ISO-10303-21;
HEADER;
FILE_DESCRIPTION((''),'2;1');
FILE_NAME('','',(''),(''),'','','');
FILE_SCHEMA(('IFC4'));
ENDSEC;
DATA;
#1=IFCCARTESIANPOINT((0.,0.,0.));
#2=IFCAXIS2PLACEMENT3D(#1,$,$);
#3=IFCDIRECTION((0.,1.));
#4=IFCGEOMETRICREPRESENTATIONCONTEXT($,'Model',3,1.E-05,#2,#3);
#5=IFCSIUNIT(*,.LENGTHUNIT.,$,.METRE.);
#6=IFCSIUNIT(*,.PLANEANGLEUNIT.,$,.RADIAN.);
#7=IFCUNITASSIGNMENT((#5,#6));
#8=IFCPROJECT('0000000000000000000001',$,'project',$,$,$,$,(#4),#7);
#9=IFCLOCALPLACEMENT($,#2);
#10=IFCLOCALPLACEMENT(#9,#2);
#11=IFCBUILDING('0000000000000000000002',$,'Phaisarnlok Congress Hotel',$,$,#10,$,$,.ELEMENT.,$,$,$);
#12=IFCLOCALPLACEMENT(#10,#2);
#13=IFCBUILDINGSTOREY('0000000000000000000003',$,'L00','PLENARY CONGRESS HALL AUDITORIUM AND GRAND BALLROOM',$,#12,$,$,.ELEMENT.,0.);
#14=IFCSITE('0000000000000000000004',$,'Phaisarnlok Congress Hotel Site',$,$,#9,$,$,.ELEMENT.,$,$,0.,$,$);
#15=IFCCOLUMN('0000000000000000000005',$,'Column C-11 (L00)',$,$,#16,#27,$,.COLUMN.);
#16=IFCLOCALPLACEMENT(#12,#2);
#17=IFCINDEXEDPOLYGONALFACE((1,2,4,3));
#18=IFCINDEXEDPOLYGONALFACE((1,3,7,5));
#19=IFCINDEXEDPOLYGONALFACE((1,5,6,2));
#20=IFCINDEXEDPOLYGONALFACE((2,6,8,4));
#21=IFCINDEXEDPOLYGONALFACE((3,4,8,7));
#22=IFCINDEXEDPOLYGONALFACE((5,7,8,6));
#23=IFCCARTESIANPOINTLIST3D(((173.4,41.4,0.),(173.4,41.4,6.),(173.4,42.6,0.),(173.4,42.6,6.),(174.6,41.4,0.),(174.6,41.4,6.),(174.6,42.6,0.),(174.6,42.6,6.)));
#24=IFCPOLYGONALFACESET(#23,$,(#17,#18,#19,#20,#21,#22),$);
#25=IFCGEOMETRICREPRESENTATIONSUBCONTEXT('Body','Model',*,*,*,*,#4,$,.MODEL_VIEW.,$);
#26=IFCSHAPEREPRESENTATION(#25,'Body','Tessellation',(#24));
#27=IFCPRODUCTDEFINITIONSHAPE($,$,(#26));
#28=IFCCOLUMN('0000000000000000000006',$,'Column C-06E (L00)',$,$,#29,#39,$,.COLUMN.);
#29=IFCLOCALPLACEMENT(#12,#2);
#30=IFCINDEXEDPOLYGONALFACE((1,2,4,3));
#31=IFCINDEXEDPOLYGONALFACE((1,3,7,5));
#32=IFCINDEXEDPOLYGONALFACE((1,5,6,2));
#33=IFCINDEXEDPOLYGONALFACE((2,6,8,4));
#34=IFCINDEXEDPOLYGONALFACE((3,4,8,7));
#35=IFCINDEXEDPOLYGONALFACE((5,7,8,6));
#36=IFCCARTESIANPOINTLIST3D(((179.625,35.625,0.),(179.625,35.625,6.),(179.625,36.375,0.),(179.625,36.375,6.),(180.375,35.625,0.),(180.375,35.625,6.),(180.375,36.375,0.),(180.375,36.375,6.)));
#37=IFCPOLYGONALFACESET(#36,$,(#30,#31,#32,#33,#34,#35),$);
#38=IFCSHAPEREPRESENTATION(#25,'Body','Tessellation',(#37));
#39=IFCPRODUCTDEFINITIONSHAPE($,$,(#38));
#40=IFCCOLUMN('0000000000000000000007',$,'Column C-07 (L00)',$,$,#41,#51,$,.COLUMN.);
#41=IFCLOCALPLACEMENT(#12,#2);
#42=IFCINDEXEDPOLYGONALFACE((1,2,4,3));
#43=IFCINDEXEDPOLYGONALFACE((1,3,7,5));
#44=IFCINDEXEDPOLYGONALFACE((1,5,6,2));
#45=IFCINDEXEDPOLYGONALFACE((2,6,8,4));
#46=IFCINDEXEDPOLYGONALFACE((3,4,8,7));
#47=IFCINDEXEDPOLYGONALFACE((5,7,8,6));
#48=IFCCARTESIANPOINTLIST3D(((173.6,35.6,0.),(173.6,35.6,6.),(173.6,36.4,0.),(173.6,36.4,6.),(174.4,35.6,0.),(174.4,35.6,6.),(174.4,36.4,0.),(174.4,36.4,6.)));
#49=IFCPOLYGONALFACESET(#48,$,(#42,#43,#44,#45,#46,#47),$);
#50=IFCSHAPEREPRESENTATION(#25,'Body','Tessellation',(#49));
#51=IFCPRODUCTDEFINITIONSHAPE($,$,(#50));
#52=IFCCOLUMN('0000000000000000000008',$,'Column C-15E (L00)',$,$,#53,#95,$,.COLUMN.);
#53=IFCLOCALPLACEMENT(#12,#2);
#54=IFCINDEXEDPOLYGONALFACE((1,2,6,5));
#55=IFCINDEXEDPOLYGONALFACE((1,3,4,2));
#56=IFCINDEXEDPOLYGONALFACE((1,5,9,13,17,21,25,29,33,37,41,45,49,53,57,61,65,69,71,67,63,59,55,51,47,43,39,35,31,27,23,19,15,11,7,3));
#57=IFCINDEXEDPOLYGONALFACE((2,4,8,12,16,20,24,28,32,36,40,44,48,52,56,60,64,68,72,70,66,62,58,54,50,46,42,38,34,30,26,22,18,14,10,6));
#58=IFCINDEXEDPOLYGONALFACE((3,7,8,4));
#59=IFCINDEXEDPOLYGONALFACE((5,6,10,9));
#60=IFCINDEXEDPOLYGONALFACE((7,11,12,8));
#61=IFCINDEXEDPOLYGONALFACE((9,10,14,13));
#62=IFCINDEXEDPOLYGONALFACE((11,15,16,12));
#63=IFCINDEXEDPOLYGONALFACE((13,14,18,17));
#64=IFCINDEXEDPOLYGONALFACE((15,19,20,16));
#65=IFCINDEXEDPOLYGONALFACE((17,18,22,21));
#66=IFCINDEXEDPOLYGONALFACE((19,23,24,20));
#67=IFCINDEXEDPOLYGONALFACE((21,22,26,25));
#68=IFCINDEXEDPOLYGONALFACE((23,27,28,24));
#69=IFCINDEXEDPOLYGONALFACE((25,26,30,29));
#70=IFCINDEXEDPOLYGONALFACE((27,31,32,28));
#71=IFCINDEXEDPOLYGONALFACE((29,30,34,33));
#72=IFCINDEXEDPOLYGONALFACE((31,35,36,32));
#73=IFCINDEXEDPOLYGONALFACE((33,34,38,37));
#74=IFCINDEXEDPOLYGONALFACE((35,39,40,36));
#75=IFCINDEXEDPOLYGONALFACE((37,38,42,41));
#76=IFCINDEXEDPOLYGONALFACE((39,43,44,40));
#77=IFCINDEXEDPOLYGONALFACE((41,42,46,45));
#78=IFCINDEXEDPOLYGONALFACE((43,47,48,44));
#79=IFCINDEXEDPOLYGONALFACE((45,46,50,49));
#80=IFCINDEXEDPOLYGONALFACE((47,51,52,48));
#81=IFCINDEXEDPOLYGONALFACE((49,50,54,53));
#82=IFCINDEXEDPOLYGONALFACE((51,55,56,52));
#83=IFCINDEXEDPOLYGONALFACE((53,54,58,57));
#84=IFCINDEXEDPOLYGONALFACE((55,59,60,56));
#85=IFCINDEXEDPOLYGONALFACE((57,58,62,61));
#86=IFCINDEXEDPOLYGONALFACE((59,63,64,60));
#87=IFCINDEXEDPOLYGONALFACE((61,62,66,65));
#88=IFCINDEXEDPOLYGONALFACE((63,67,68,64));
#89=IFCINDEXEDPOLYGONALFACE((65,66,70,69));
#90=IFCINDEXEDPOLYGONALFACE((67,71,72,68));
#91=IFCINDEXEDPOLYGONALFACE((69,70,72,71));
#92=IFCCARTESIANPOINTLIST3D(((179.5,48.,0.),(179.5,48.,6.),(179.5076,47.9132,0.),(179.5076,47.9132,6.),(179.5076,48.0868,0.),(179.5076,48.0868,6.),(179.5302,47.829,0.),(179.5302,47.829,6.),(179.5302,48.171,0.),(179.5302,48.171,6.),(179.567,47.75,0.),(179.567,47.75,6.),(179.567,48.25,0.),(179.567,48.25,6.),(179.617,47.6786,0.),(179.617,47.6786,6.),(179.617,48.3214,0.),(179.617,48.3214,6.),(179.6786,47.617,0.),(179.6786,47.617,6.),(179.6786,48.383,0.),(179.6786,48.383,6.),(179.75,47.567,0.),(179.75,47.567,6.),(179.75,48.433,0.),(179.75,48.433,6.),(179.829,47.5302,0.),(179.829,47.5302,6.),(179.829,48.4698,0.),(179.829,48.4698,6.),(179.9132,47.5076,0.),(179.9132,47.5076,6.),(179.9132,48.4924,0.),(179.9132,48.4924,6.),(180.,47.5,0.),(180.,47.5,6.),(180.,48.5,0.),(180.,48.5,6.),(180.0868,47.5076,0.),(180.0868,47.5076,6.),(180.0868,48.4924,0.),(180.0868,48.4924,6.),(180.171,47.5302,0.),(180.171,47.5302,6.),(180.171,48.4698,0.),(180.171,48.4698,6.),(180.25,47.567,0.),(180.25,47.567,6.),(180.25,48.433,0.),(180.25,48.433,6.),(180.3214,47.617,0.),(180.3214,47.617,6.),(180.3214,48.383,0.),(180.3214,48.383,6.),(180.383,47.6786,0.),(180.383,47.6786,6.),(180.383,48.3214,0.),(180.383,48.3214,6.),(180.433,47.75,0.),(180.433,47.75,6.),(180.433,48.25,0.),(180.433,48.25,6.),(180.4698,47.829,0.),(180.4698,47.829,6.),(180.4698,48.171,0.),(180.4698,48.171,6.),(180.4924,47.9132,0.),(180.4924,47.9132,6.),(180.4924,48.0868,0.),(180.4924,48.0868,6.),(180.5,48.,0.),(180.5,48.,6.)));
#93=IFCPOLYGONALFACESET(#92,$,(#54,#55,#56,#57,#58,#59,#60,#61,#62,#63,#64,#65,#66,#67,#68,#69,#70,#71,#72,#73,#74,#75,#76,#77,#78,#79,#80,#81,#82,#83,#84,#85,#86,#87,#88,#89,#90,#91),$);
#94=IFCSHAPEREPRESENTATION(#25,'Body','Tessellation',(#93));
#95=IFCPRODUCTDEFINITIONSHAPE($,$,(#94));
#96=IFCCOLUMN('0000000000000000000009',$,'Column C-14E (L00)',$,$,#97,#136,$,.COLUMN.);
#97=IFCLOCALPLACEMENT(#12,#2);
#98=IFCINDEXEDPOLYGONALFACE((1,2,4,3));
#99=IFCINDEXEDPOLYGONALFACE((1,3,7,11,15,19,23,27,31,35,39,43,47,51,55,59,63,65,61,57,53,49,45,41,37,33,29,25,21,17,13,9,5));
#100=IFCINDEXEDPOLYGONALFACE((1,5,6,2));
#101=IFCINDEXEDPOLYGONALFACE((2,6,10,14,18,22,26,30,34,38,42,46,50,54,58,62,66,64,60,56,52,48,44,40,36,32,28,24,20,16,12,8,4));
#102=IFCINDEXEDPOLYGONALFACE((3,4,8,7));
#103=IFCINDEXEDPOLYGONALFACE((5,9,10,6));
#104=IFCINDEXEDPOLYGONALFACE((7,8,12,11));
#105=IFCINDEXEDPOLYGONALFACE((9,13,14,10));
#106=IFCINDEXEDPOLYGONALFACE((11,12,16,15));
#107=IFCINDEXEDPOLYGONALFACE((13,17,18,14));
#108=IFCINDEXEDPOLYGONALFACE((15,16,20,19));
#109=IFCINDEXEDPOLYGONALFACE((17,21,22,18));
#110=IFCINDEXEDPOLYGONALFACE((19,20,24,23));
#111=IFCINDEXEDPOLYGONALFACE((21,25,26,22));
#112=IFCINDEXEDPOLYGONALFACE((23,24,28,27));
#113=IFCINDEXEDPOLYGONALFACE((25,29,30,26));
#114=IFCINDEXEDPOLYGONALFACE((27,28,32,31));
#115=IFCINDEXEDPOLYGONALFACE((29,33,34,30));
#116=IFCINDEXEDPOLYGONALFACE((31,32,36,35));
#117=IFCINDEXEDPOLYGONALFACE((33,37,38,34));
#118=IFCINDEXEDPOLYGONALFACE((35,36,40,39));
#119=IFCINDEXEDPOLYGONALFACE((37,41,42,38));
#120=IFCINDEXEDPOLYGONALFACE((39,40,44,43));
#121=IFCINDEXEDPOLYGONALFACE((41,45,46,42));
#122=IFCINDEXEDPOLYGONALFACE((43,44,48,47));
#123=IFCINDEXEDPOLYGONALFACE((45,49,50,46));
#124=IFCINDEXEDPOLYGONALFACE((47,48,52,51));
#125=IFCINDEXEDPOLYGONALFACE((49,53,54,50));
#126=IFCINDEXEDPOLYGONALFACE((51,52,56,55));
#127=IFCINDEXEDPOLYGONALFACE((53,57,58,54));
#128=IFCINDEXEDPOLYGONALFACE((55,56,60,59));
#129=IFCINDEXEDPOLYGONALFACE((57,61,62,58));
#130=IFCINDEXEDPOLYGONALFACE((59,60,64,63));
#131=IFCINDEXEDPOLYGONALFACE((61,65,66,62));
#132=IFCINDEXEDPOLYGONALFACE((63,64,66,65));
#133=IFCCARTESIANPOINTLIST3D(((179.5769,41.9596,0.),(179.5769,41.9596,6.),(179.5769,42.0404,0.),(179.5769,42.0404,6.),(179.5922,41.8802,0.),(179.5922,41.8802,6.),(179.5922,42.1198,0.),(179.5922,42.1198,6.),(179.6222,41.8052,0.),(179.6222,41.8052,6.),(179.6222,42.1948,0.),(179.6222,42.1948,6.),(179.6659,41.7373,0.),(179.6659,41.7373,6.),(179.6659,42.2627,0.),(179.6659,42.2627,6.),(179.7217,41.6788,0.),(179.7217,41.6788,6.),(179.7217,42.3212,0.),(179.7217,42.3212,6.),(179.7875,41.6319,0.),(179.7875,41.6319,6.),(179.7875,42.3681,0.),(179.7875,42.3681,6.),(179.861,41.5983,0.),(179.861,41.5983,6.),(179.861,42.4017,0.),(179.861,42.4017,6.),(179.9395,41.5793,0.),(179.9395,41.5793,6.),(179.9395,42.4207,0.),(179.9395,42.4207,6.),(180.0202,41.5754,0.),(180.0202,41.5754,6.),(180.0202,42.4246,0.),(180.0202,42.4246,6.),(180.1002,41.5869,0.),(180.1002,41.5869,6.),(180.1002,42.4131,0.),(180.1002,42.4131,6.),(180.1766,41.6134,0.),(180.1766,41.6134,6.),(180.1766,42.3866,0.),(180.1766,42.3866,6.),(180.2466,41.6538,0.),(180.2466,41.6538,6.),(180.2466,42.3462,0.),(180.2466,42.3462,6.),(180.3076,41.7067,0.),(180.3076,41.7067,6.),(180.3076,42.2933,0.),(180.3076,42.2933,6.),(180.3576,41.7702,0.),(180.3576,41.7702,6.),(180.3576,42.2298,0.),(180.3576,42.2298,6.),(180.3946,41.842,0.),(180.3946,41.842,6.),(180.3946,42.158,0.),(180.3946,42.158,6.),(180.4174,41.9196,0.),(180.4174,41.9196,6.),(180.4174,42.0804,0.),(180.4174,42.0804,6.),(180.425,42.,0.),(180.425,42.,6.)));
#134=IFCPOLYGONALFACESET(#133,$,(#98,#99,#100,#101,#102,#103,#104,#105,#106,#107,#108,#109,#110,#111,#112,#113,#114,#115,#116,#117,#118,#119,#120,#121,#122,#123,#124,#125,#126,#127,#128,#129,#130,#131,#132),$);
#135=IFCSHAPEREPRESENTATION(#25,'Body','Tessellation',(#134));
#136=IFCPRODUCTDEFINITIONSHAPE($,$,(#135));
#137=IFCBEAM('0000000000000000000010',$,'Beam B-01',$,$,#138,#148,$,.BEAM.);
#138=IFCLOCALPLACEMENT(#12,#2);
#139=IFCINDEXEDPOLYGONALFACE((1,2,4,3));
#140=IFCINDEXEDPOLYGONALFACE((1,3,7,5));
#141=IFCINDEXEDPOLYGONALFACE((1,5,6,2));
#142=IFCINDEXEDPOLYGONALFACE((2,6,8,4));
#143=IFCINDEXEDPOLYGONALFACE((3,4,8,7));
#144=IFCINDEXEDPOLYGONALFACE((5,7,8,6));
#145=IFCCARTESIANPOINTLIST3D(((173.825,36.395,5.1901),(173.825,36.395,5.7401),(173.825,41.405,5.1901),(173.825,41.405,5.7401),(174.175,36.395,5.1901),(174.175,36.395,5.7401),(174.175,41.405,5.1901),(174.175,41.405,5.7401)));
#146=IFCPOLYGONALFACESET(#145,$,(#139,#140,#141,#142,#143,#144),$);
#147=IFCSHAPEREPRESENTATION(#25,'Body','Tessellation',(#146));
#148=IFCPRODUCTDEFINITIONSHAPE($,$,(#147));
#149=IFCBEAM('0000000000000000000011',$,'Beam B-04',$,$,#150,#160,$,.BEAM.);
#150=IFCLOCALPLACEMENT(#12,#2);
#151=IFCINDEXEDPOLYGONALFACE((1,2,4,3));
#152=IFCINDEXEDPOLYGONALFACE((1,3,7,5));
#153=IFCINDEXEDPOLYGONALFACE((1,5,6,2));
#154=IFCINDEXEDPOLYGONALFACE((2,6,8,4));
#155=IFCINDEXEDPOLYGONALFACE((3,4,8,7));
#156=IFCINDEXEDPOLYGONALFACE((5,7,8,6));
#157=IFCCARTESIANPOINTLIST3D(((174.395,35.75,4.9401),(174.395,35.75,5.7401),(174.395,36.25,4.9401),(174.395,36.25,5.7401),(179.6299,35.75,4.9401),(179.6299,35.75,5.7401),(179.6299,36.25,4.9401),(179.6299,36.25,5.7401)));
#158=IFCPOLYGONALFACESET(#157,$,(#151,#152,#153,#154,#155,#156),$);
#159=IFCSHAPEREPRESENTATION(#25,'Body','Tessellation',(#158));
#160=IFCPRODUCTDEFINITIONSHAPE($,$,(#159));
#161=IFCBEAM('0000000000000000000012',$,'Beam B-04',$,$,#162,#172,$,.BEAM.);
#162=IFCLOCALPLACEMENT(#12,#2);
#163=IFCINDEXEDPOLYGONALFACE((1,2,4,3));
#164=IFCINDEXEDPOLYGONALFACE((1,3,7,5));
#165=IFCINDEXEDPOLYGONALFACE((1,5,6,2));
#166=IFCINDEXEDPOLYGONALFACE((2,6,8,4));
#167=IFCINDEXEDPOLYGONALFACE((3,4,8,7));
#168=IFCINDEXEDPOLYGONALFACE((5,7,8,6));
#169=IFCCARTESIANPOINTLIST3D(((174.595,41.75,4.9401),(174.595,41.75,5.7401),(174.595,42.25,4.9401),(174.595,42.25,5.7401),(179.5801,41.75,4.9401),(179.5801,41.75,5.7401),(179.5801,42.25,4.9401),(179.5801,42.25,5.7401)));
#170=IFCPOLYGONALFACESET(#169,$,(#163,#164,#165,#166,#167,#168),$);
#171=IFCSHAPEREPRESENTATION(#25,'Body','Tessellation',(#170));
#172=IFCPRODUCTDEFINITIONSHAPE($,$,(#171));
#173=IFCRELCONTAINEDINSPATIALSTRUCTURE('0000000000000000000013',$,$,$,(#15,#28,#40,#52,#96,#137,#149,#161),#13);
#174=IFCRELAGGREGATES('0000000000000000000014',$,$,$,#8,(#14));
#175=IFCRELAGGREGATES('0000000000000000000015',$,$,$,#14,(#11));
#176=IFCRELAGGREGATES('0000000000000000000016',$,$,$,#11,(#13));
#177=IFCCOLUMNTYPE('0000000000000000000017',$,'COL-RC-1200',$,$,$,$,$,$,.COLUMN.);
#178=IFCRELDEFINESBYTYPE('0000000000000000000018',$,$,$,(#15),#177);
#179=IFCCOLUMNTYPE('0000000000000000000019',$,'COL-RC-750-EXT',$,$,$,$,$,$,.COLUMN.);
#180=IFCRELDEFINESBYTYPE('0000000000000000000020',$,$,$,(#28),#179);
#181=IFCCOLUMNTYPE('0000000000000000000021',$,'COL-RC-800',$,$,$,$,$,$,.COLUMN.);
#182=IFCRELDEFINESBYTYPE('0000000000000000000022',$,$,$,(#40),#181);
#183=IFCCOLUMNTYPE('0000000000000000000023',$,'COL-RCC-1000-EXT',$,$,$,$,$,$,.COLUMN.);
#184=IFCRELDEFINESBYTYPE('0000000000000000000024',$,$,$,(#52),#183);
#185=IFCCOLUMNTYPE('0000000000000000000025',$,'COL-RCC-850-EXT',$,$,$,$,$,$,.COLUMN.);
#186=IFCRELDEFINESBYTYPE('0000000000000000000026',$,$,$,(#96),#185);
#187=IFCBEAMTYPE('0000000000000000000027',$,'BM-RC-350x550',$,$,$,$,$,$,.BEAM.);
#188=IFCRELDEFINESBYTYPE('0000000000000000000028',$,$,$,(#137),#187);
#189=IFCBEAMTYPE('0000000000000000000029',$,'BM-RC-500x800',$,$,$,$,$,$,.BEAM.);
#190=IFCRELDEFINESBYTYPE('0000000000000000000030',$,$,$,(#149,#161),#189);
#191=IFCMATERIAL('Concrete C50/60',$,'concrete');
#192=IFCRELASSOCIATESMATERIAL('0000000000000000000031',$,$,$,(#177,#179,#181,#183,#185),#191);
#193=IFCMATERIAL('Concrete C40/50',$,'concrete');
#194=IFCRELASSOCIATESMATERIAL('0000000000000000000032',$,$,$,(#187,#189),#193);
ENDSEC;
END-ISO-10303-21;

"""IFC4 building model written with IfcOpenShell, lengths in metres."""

from ifc_helpers import new_model, si_unit, direction, frame, origin, origin_2d, place, context, subcontext, project, spatial, rectangle, circle, extrude, material, material_profile, profile_set, type_object, element, save


model = new_model("IFC4")

# Units and contexts
model_context = context("Model", 3, precision=1e-05, world=origin(), true_north=direction((0.0, 1.0)))
body_context = subcontext(model_context, "Body", "Model", "MODEL_VIEW")
ifc_project = project(units=[si_unit("LENGTHUNIT", "METRE"), si_unit("PLANEANGLEUNIT", "RADIAN")], contexts=[model_context])

# Site, building, storey
site_placement = place(None, origin())
site = spatial("IfcSite", under=ifc_project, at=site_placement, Name="Phaisarnlok Congress Hotel Site", CompositionType="ELEMENT", RefElevation=0.0)
building_placement = place(site_placement, origin())
building = spatial("IfcBuilding", under=site, at=building_placement, Name="Phaisarnlok Congress Hotel", CompositionType="ELEMENT")
storey_placement = place(building_placement, origin())
storey = spatial("IfcBuildingStorey", under=building, at=storey_placement, Name="L00", Description="PLENARY CONGRESS HALL AUDITORIUM AND GRAND BALLROOM", CompositionType="ELEMENT", Elevation=0.0)

# Columns
ifc_material_1 = material(Name="Concrete C50/60", Category="concrete")
ifc_material_profile_1 = material_profile(ifc_material_1, rectangle(XDim=1.2, YDim=1.2, at=origin_2d()), Name="RC 1200x1200")
ifc_profile_set_1 = profile_set([ifc_material_profile_1], Name="Concrete C50/60")
column_type_1 = type_object("IfcColumnType", Name="COL-RC-1200", PredefinedType="COLUMN", material=ifc_profile_set_1)
column_1_placement = place(storey_placement, frame((174.0, 42.0, 0.0), z_axis=(0.0, 0.0, 1.0), x_axis=(1.0, 0.0, 0.0)))
element("IfcColumn", 1, at=column_1_placement, inside=storey, type_object=column_type_1, Name="Column C-11 (L00)", PredefinedType="COLUMN", context=body_context, shape_type="SweptSolid", body=[
    extrude(rectangle(XDim=1.2, YDim=1.2, at=origin_2d()), origin(), (0.0, 0.0, 1.0), 6.0),
])
ifc_material_profile_2 = material_profile(ifc_material_1, rectangle(XDim=0.75, YDim=0.75, at=origin_2d()), Name="RC 750x750")
ifc_profile_set_2 = profile_set([ifc_material_profile_2], Name="Concrete C50/60")
column_type_2 = type_object("IfcColumnType", Name="COL-RC-750-EXT", PredefinedType="COLUMN", material=ifc_profile_set_2)
column_2_placement = place(storey_placement, frame((180.0, 36.0, 0.0), z_axis=(0.0, 0.0, 1.0), x_axis=(1.0, 0.0, 0.0)))
element("IfcColumn", 2, at=column_2_placement, inside=storey, type_object=column_type_2, Name="Column C-06E (L00)", PredefinedType="COLUMN", context=body_context, shape_type="SweptSolid", body=[
    extrude(rectangle(XDim=0.75, YDim=0.75, at=origin_2d()), origin(), (0.0, 0.0, 1.0), 6.0),
])
ifc_material_profile_3 = material_profile(ifc_material_1, rectangle(XDim=0.8, YDim=0.8, at=origin_2d()), Name="RC 800x800")
ifc_profile_set_3 = profile_set([ifc_material_profile_3], Name="Concrete C50/60")
column_type_3 = type_object("IfcColumnType", Name="COL-RC-800", PredefinedType="COLUMN", material=ifc_profile_set_3)
column_3_placement = place(storey_placement, frame((174.0, 36.0, 0.0), z_axis=(0.0, 0.0, 1.0), x_axis=(1.0, 0.0, 0.0)))
element("IfcColumn", 3, at=column_3_placement, inside=storey, type_object=column_type_3, Name="Column C-07 (L00)", PredefinedType="COLUMN", context=body_context, shape_type="SweptSolid", body=[
    extrude(rectangle(XDim=0.8, YDim=0.8, at=origin_2d()), origin(), (0.0, 0.0, 1.0), 6.0),
])
ifc_material_profile_4 = material_profile(ifc_material_1, circle(Radius=0.5, at=origin_2d()), Name="RCC D1000")
ifc_profile_set_4 = profile_set([ifc_material_profile_4], Name="Concrete C50/60")
column_type_4 = type_object("IfcColumnType", Name="COL-RCC-1000-EXT", PredefinedType="COLUMN", material=ifc_profile_set_4)
column_4_placement = place(storey_placement, frame((180.0, 48.0, 0.0), z_axis=(0.0, 0.0, 1.0), x_axis=(1.0, 0.0, 0.0)))
element("IfcColumn", 4, at=column_4_placement, inside=storey, type_object=column_type_4, Name="Column C-15E (L00)", PredefinedType="COLUMN", context=body_context, shape_type="SweptSolid", body=[
    extrude(circle(Radius=0.5, at=origin_2d()), origin(), (0.0, 0.0, 1.0), 6.0),
])
ifc_material_profile_5 = material_profile(ifc_material_1, circle(Radius=0.425, at=origin_2d()), Name="RCC D850")
ifc_profile_set_5 = profile_set([ifc_material_profile_5], Name="Concrete C50/60")
column_type_5 = type_object("IfcColumnType", Name="COL-RCC-850-EXT", PredefinedType="COLUMN", material=ifc_profile_set_5)
column_5_placement = place(storey_placement, frame((180.0, 42.0, 0.0), z_axis=(0.0, 0.0, 1.0), x_axis=(1.0, 0.0, 0.0)))
element("IfcColumn", 5, at=column_5_placement, inside=storey, type_object=column_type_5, Name="Column C-14E (L00)", PredefinedType="COLUMN", context=body_context, shape_type="SweptSolid", body=[
    extrude(circle(Radius=0.425, at=origin_2d()), origin(), (0.0, 0.0, 1.0), 6.0),
])

# Beams
ifc_material_2 = material(Name="Concrete C40/50", Category="concrete")
ifc_material_profile_6 = material_profile(ifc_material_2, rectangle(XDim=0.3501, YDim=0.55, at=origin_2d()), Name="RC 350x550")
ifc_profile_set_6 = profile_set([ifc_material_profile_6], Name="Concrete C40/50")
beam_type_1 = type_object("IfcBeamType", Name="BM-RC-350x550", PredefinedType="BEAM", material=ifc_profile_set_6)
beam_1_placement = place(storey_placement, frame((174.0, 36.395, 5.4651), z_axis=(0.0, 1.0, 0.0), x_axis=(-1.0, 0.0, 0.0)))
element("IfcBeam", 6, at=beam_1_placement, inside=storey, type_object=beam_type_1, Name="Beam B-01", PredefinedType="BEAM", context=body_context, shape_type="SweptSolid", body=[
    extrude(rectangle(XDim=0.3501, YDim=0.55, at=origin_2d()), origin(), (0.0, 0.0, 1.0), 5.01),
])
ifc_material_profile_7 = material_profile(ifc_material_2, rectangle(XDim=0.5, YDim=0.8, at=origin_2d()), Name="RC 500x800")
ifc_profile_set_7 = profile_set([ifc_material_profile_7], Name="Concrete C40/50")
beam_type_2 = type_object("IfcBeamType", Name="BM-RC-500x800", PredefinedType="BEAM", material=ifc_profile_set_7)
beam_2_placement = place(storey_placement, frame((174.395, 36.0, 5.3401), z_axis=(1.0, 0.0, 0.0), x_axis=(0.0, 1.0, 0.0)))
element("IfcBeam", 7, at=beam_2_placement, inside=storey, type_object=beam_type_2, Name="Beam B-04", PredefinedType="BEAM", context=body_context, shape_type="SweptSolid", body=[
    extrude(rectangle(XDim=0.5, YDim=0.8, at=origin_2d()), origin(), (0.0, 0.0, 1.0), 5.2349),
])
beam_3_placement = place(storey_placement, frame((174.595, 42.0, 5.3401), z_axis=(1.0, 0.0, 0.0), x_axis=(0.0, 1.0, 0.0)))
element("IfcBeam", 8, at=beam_3_placement, inside=storey, type_object=beam_type_2, Name="Beam B-04", PredefinedType="BEAM", context=body_context, shape_type="SweptSolid", body=[
    extrude(rectangle(XDim=0.5, YDim=0.8, at=origin_2d()), origin(), (0.0, 0.0, 1.0), 4.9851),
])

save(model, "model.ifc")
